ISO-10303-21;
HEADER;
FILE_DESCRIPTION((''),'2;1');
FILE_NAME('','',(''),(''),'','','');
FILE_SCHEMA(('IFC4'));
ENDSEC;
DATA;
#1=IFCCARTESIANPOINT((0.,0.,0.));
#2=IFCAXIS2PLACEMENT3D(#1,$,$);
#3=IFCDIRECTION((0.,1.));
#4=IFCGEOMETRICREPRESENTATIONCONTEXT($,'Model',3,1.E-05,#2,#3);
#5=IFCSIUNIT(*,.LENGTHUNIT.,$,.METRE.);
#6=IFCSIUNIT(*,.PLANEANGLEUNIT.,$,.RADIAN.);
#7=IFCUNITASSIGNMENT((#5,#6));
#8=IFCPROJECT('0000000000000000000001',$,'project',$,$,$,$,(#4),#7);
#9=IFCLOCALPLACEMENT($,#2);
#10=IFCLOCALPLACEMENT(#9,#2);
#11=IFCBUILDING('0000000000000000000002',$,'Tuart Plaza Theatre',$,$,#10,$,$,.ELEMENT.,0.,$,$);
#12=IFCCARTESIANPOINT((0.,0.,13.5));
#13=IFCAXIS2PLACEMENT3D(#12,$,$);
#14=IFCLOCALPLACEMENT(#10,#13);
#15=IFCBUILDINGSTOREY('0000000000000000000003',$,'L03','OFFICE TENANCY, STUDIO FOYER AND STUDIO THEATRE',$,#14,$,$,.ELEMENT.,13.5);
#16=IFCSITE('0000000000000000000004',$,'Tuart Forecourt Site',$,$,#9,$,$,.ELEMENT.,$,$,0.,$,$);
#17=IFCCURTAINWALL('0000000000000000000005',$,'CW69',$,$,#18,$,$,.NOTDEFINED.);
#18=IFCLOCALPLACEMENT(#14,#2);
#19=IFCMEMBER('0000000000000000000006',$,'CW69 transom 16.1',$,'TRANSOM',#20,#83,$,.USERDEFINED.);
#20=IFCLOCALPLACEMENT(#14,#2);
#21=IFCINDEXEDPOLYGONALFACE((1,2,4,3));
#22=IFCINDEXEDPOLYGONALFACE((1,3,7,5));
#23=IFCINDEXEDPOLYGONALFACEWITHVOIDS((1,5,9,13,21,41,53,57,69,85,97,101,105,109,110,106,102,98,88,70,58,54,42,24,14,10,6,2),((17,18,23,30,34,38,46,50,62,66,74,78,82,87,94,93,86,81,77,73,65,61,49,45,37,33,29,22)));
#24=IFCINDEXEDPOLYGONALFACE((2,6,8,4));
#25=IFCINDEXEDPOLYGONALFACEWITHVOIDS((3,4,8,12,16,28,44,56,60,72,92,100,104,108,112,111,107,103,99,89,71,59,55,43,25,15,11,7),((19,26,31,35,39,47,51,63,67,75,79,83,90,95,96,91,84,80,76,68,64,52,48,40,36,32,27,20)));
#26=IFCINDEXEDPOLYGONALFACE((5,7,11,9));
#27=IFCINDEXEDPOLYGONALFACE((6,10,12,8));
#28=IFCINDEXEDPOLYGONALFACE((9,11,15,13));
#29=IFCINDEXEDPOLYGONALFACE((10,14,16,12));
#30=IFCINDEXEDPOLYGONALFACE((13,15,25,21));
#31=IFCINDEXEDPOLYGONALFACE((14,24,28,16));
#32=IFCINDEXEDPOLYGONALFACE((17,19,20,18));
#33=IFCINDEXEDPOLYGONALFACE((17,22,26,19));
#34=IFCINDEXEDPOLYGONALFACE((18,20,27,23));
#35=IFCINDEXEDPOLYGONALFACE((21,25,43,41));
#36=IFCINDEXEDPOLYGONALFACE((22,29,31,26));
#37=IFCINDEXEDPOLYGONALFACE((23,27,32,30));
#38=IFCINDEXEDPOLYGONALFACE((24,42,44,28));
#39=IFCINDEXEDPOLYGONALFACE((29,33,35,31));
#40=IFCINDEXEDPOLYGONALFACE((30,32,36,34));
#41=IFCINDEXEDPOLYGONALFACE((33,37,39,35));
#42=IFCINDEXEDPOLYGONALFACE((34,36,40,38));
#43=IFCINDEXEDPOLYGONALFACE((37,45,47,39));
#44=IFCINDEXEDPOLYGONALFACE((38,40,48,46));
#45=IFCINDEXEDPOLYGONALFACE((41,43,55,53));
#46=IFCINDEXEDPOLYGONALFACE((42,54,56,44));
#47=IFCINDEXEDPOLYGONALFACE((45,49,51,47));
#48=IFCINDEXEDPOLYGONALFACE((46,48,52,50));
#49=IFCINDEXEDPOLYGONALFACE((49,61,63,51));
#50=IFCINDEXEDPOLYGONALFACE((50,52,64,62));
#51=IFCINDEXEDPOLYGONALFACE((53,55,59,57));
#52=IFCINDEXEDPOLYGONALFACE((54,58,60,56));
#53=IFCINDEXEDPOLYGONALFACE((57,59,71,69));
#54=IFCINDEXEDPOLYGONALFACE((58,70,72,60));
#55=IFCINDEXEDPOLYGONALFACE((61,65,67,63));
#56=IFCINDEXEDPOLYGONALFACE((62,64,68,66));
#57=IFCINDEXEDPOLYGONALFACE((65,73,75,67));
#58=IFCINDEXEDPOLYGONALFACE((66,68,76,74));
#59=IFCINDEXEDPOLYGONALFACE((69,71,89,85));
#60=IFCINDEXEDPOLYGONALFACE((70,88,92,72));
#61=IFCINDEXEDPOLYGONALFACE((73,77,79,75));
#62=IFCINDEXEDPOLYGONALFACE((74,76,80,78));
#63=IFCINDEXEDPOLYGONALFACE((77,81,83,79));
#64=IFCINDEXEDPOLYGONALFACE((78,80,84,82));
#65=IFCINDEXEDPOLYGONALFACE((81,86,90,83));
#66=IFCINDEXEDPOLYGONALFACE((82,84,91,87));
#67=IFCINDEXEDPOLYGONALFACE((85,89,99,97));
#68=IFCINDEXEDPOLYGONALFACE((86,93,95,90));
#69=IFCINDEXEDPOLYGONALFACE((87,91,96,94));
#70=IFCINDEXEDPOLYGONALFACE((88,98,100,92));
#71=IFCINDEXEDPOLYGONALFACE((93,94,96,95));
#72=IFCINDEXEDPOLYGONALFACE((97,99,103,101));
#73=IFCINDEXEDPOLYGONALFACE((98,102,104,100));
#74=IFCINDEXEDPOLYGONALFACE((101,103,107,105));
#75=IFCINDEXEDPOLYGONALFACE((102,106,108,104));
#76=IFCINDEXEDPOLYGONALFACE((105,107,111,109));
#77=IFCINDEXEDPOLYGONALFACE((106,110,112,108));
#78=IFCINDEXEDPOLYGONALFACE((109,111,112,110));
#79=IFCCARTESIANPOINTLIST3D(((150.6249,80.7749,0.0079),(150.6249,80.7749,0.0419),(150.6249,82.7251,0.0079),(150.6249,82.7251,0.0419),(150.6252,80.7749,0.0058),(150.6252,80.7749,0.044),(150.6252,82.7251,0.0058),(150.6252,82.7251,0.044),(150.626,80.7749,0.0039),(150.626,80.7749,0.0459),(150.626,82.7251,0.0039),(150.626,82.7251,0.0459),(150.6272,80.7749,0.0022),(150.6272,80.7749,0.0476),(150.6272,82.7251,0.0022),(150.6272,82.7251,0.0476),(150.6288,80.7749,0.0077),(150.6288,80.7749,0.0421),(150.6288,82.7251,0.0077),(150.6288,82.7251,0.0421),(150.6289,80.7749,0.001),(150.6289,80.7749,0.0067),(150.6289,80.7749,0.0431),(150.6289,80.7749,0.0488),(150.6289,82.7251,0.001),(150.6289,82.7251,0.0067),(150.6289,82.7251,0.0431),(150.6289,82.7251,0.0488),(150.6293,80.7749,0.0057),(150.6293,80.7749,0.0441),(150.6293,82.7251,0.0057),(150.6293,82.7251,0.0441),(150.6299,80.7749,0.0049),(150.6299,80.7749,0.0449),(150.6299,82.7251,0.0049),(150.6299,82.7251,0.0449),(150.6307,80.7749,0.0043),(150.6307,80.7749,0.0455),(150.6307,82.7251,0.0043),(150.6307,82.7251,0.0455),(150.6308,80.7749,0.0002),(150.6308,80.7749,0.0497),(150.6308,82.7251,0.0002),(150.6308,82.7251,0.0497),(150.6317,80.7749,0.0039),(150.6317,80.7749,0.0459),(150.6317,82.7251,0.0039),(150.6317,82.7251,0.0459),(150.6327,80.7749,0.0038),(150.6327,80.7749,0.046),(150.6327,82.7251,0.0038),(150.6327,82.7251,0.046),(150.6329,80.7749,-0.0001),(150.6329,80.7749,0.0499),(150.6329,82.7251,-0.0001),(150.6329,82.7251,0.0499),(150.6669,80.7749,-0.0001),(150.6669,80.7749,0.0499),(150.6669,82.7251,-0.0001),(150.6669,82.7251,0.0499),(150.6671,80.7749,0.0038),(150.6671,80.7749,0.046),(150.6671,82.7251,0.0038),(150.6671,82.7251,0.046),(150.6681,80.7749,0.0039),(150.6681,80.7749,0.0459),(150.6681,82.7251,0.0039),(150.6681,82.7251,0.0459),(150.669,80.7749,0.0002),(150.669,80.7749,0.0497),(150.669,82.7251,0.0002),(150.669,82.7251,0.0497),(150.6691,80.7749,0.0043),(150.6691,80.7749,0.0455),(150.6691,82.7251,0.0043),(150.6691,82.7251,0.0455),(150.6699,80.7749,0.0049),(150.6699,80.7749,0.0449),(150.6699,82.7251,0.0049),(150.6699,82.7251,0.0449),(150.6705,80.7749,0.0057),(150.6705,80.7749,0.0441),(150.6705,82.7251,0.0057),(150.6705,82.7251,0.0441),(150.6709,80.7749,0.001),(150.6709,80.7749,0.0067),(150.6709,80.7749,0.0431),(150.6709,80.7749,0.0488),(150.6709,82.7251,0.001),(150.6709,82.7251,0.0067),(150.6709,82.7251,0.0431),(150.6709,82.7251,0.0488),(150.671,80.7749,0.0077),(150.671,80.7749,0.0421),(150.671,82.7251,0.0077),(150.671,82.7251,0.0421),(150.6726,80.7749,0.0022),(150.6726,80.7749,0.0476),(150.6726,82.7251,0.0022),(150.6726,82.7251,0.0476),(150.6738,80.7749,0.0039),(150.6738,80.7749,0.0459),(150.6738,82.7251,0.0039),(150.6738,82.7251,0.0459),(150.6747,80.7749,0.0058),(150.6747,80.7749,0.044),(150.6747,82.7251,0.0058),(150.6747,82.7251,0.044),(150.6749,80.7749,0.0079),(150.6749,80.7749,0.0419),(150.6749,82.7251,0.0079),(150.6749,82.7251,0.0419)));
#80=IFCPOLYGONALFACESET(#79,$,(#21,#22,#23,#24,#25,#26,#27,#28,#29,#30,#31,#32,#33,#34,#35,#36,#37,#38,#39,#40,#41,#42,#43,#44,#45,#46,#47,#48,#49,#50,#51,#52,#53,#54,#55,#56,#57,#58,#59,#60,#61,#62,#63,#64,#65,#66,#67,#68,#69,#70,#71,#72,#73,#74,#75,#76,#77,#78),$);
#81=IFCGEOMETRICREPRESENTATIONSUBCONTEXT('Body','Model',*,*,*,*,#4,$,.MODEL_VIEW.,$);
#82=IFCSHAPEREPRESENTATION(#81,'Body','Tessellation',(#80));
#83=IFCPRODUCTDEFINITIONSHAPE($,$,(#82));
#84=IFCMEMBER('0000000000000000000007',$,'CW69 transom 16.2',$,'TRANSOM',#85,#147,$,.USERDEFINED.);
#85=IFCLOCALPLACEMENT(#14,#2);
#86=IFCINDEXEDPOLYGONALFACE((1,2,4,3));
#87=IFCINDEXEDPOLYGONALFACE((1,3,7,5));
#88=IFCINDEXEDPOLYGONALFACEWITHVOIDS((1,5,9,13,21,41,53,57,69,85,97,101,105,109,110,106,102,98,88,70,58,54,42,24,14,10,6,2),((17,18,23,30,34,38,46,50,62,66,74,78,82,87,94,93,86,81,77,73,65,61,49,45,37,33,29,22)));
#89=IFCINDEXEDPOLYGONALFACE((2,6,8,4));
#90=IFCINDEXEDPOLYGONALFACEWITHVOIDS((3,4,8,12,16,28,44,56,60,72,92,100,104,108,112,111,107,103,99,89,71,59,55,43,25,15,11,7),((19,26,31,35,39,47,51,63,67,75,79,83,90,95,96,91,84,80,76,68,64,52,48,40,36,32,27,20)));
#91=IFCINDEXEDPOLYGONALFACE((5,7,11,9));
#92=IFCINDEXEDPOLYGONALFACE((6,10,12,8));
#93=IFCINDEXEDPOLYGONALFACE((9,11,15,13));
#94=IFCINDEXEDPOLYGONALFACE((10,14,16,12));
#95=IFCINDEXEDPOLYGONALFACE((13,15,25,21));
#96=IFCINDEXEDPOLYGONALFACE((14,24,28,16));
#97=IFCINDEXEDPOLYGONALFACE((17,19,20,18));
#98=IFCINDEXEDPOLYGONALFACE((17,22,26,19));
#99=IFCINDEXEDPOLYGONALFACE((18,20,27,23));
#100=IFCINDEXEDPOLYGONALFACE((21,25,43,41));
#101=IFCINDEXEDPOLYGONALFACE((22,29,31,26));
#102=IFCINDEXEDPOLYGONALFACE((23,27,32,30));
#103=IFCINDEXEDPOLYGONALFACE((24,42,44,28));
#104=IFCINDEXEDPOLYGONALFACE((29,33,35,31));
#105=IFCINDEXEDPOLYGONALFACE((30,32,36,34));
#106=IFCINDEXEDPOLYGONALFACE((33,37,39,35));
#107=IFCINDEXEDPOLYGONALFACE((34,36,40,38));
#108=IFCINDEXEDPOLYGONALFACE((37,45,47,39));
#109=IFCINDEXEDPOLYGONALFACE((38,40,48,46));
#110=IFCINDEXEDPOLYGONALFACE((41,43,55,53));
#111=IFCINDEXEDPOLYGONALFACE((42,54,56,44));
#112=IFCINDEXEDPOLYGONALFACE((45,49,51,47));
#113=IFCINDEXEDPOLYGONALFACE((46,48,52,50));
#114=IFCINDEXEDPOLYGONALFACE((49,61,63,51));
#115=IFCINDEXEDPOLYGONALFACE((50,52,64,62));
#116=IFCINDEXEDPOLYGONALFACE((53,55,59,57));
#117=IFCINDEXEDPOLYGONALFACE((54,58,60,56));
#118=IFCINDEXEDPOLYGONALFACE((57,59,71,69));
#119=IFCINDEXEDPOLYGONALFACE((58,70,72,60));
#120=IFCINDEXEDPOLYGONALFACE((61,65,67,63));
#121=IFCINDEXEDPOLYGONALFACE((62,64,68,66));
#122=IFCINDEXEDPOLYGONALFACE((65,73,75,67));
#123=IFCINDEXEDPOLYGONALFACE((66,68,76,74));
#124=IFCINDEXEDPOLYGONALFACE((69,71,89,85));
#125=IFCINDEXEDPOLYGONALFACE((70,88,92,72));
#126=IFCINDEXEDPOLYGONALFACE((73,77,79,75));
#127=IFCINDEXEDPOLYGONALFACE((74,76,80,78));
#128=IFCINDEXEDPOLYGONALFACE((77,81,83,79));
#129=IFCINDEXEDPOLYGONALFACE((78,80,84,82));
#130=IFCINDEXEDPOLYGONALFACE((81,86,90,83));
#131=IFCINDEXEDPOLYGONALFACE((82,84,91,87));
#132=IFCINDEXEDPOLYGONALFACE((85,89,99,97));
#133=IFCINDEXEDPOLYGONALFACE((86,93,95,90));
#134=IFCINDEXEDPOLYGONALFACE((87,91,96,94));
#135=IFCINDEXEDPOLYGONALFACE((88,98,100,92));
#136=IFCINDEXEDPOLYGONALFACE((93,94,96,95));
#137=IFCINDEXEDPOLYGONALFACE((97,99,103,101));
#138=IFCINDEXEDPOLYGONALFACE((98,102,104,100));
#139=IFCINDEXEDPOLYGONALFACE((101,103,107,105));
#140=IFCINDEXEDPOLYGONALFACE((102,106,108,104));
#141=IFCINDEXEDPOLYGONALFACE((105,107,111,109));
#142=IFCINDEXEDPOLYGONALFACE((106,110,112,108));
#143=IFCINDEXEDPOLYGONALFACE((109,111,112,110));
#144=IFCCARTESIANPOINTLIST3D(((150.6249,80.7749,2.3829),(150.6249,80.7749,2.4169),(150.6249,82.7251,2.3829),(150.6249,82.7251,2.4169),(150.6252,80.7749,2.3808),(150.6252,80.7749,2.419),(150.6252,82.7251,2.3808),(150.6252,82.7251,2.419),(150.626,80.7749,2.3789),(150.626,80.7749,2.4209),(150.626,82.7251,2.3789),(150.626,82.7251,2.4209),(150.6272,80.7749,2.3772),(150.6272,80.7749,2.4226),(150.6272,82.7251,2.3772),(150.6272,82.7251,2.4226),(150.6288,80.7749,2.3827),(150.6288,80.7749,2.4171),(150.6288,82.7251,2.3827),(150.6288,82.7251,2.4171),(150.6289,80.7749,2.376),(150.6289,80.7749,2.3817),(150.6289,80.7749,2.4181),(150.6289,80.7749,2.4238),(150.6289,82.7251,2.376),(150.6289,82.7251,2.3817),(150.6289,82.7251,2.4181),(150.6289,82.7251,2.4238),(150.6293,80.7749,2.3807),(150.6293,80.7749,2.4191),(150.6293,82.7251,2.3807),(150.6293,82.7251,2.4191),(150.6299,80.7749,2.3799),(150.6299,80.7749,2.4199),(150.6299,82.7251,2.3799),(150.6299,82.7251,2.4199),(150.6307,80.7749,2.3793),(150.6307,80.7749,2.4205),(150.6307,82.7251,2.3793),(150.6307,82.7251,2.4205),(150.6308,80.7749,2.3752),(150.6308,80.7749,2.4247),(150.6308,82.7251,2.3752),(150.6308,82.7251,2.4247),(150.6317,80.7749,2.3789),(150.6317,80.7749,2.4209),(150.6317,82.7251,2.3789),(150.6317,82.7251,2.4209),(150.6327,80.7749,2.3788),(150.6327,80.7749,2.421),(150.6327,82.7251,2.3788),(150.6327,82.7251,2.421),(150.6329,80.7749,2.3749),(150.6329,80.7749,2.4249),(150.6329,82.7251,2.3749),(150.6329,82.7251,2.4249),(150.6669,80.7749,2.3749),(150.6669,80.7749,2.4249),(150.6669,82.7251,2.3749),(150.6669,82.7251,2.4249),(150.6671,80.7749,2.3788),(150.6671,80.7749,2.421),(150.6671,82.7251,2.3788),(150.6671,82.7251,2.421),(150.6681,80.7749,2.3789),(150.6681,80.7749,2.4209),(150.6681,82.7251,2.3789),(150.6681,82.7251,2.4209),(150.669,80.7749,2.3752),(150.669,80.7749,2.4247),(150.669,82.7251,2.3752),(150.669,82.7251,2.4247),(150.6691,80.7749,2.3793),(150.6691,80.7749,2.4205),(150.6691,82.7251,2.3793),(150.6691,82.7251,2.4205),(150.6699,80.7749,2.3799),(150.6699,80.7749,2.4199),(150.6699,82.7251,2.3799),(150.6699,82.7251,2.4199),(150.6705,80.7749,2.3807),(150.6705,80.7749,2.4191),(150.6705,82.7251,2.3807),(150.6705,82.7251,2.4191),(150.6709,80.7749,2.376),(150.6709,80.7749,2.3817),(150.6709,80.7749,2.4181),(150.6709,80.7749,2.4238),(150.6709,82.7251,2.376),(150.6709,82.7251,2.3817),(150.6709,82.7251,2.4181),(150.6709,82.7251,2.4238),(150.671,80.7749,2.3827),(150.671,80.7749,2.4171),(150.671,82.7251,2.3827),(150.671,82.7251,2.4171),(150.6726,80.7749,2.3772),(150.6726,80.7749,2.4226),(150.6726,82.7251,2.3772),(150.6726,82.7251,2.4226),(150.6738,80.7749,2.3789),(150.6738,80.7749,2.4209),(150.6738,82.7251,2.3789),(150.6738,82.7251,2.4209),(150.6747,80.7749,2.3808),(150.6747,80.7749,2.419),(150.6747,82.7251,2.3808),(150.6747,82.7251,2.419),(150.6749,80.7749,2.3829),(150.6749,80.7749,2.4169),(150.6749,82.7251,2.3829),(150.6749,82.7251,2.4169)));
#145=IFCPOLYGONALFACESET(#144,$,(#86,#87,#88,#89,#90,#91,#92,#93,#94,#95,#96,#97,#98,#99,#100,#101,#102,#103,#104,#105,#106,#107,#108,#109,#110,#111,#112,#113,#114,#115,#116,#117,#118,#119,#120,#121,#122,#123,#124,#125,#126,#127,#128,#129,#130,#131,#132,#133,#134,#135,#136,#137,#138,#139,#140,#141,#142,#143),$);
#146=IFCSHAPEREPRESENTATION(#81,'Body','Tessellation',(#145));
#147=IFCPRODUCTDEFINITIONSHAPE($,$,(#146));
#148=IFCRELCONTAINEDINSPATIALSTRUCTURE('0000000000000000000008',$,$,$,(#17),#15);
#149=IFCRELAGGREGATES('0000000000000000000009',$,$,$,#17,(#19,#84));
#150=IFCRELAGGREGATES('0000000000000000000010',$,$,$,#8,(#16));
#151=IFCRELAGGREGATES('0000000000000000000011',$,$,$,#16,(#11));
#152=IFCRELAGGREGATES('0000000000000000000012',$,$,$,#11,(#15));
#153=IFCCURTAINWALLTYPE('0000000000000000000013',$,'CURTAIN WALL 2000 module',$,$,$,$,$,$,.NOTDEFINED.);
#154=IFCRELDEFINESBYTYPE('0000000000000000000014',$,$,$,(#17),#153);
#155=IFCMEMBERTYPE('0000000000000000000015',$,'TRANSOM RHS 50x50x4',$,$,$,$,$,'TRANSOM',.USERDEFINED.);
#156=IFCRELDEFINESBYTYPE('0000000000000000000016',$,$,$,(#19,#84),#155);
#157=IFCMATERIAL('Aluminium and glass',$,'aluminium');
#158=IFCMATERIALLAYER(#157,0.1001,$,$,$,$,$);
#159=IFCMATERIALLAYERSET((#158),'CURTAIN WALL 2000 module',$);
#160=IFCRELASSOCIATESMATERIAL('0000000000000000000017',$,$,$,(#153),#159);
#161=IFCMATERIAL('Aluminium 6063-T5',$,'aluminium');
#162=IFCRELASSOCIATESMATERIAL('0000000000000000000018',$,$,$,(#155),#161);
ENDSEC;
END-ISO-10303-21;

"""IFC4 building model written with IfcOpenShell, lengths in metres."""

from ifc_helpers import new_model, si_unit, direction, frame, origin, origin_2d, place, context, subcontext, project, spatial, hollow_rectangle, extrude, material, layer, layer_set, material_profile, profile_set, type_object, element, aggregate, save


model = new_model("IFC4")

# Units and contexts
model_context = context("Model", 3, precision=1e-05, world=origin(), true_north=direction((0.0, 1.0)))
body_context = subcontext(model_context, "Body", "Model", "MODEL_VIEW")
ifc_project = project(units=[si_unit("LENGTHUNIT", "METRE"), si_unit("PLANEANGLEUNIT", "RADIAN")], contexts=[model_context])

# Site, building, storey
site_placement = place(None, origin())
site = spatial("IfcSite", under=ifc_project, at=site_placement, Name="Tuart Forecourt Site", CompositionType="ELEMENT", RefElevation=0.0)
building_placement = place(site_placement, origin())
building = spatial("IfcBuilding", under=site, at=building_placement, Name="Tuart Plaza Theatre", CompositionType="ELEMENT", ElevationOfRefHeight=0.0)
storey_placement = place(building_placement, frame((0.0, 0.0, 13.5)))
storey = spatial("IfcBuildingStorey", under=building, at=storey_placement, Name="L03", Description="OFFICE TENANCY, STUDIO FOYER AND STUDIO THEATRE", CompositionType="ELEMENT", Elevation=13.5)

# Curtain wall, members
ifc_material_1 = material(Name="Aluminium and glass", Category="aluminium")
ifc_layer_1 = layer(ifc_material_1, 0.1001)
ifc_layer_set_1 = layer_set([ifc_layer_1], Name="CURTAIN WALL 2000 module")
curtain_wall_type = type_object("IfcCurtainWallType", Name="CURTAIN WALL 2000 module", PredefinedType="NOTDEFINED", material=ifc_layer_set_1)
curtain_wall_placement = place(storey_placement, origin())
curtain_wall = element("IfcCurtainWall", 1, at=curtain_wall_placement, inside=storey, type_object=curtain_wall_type, Name="CW69", PredefinedType="NOTDEFINED")
ifc_material_2 = material(Name="Aluminium 6063-T5", Category="aluminium")
ifc_material_profile_1 = material_profile(ifc_material_2, hollow_rectangle(XDim=0.05, YDim=0.05, WallThickness=0.0039, InnerFilletRadius=0.0039, OuterFilletRadius=0.0081, at=origin_2d()), Name="RHS 50x50x4")
ifc_profile_set_1 = profile_set([ifc_material_profile_1], Name="Aluminium 6063-T5")
member_type_1 = type_object("IfcMemberType", Name="TRANSOM RHS 50x50x4", ElementType="TRANSOM", PredefinedType="USERDEFINED", material=ifc_profile_set_1)
member_1_placement = place(storey_placement, frame((150.6499, 80.7749, 0.0249), z_axis=(0.0, 1.0, 0.0), x_axis=(-1.0, 0.0, 0.0)))
member_1 = element("IfcMember", 2, at=member_1_placement, type_object=member_type_1, Name="CW69 transom 16.1", ObjectType="TRANSOM", PredefinedType="USERDEFINED", context=body_context, shape_type="SweptSolid", body=[
    extrude(hollow_rectangle(XDim=0.05, YDim=0.05, WallThickness=0.0039, InnerFilletRadius=0.0039, OuterFilletRadius=0.0081, at=origin_2d()), origin(), (0.0, 0.0, 1.0), 1.9502),
])
member_2_placement = place(storey_placement, frame((150.6499, 80.7749, 2.3999), z_axis=(0.0, 1.0, 0.0), x_axis=(-1.0, 0.0, 0.0)))
member_2 = element("IfcMember", 3, at=member_2_placement, type_object=member_type_1, Name="CW69 transom 16.2", ObjectType="TRANSOM", PredefinedType="USERDEFINED", context=body_context, shape_type="SweptSolid", body=[
    extrude(hollow_rectangle(XDim=0.05, YDim=0.05, WallThickness=0.0039, InnerFilletRadius=0.0039, OuterFilletRadius=0.0081, at=origin_2d()), origin(), (0.0, 0.0, 1.0), 1.9502),
])
aggregate(curtain_wall, [member_1, member_2])

save(model, "model.ifc")
